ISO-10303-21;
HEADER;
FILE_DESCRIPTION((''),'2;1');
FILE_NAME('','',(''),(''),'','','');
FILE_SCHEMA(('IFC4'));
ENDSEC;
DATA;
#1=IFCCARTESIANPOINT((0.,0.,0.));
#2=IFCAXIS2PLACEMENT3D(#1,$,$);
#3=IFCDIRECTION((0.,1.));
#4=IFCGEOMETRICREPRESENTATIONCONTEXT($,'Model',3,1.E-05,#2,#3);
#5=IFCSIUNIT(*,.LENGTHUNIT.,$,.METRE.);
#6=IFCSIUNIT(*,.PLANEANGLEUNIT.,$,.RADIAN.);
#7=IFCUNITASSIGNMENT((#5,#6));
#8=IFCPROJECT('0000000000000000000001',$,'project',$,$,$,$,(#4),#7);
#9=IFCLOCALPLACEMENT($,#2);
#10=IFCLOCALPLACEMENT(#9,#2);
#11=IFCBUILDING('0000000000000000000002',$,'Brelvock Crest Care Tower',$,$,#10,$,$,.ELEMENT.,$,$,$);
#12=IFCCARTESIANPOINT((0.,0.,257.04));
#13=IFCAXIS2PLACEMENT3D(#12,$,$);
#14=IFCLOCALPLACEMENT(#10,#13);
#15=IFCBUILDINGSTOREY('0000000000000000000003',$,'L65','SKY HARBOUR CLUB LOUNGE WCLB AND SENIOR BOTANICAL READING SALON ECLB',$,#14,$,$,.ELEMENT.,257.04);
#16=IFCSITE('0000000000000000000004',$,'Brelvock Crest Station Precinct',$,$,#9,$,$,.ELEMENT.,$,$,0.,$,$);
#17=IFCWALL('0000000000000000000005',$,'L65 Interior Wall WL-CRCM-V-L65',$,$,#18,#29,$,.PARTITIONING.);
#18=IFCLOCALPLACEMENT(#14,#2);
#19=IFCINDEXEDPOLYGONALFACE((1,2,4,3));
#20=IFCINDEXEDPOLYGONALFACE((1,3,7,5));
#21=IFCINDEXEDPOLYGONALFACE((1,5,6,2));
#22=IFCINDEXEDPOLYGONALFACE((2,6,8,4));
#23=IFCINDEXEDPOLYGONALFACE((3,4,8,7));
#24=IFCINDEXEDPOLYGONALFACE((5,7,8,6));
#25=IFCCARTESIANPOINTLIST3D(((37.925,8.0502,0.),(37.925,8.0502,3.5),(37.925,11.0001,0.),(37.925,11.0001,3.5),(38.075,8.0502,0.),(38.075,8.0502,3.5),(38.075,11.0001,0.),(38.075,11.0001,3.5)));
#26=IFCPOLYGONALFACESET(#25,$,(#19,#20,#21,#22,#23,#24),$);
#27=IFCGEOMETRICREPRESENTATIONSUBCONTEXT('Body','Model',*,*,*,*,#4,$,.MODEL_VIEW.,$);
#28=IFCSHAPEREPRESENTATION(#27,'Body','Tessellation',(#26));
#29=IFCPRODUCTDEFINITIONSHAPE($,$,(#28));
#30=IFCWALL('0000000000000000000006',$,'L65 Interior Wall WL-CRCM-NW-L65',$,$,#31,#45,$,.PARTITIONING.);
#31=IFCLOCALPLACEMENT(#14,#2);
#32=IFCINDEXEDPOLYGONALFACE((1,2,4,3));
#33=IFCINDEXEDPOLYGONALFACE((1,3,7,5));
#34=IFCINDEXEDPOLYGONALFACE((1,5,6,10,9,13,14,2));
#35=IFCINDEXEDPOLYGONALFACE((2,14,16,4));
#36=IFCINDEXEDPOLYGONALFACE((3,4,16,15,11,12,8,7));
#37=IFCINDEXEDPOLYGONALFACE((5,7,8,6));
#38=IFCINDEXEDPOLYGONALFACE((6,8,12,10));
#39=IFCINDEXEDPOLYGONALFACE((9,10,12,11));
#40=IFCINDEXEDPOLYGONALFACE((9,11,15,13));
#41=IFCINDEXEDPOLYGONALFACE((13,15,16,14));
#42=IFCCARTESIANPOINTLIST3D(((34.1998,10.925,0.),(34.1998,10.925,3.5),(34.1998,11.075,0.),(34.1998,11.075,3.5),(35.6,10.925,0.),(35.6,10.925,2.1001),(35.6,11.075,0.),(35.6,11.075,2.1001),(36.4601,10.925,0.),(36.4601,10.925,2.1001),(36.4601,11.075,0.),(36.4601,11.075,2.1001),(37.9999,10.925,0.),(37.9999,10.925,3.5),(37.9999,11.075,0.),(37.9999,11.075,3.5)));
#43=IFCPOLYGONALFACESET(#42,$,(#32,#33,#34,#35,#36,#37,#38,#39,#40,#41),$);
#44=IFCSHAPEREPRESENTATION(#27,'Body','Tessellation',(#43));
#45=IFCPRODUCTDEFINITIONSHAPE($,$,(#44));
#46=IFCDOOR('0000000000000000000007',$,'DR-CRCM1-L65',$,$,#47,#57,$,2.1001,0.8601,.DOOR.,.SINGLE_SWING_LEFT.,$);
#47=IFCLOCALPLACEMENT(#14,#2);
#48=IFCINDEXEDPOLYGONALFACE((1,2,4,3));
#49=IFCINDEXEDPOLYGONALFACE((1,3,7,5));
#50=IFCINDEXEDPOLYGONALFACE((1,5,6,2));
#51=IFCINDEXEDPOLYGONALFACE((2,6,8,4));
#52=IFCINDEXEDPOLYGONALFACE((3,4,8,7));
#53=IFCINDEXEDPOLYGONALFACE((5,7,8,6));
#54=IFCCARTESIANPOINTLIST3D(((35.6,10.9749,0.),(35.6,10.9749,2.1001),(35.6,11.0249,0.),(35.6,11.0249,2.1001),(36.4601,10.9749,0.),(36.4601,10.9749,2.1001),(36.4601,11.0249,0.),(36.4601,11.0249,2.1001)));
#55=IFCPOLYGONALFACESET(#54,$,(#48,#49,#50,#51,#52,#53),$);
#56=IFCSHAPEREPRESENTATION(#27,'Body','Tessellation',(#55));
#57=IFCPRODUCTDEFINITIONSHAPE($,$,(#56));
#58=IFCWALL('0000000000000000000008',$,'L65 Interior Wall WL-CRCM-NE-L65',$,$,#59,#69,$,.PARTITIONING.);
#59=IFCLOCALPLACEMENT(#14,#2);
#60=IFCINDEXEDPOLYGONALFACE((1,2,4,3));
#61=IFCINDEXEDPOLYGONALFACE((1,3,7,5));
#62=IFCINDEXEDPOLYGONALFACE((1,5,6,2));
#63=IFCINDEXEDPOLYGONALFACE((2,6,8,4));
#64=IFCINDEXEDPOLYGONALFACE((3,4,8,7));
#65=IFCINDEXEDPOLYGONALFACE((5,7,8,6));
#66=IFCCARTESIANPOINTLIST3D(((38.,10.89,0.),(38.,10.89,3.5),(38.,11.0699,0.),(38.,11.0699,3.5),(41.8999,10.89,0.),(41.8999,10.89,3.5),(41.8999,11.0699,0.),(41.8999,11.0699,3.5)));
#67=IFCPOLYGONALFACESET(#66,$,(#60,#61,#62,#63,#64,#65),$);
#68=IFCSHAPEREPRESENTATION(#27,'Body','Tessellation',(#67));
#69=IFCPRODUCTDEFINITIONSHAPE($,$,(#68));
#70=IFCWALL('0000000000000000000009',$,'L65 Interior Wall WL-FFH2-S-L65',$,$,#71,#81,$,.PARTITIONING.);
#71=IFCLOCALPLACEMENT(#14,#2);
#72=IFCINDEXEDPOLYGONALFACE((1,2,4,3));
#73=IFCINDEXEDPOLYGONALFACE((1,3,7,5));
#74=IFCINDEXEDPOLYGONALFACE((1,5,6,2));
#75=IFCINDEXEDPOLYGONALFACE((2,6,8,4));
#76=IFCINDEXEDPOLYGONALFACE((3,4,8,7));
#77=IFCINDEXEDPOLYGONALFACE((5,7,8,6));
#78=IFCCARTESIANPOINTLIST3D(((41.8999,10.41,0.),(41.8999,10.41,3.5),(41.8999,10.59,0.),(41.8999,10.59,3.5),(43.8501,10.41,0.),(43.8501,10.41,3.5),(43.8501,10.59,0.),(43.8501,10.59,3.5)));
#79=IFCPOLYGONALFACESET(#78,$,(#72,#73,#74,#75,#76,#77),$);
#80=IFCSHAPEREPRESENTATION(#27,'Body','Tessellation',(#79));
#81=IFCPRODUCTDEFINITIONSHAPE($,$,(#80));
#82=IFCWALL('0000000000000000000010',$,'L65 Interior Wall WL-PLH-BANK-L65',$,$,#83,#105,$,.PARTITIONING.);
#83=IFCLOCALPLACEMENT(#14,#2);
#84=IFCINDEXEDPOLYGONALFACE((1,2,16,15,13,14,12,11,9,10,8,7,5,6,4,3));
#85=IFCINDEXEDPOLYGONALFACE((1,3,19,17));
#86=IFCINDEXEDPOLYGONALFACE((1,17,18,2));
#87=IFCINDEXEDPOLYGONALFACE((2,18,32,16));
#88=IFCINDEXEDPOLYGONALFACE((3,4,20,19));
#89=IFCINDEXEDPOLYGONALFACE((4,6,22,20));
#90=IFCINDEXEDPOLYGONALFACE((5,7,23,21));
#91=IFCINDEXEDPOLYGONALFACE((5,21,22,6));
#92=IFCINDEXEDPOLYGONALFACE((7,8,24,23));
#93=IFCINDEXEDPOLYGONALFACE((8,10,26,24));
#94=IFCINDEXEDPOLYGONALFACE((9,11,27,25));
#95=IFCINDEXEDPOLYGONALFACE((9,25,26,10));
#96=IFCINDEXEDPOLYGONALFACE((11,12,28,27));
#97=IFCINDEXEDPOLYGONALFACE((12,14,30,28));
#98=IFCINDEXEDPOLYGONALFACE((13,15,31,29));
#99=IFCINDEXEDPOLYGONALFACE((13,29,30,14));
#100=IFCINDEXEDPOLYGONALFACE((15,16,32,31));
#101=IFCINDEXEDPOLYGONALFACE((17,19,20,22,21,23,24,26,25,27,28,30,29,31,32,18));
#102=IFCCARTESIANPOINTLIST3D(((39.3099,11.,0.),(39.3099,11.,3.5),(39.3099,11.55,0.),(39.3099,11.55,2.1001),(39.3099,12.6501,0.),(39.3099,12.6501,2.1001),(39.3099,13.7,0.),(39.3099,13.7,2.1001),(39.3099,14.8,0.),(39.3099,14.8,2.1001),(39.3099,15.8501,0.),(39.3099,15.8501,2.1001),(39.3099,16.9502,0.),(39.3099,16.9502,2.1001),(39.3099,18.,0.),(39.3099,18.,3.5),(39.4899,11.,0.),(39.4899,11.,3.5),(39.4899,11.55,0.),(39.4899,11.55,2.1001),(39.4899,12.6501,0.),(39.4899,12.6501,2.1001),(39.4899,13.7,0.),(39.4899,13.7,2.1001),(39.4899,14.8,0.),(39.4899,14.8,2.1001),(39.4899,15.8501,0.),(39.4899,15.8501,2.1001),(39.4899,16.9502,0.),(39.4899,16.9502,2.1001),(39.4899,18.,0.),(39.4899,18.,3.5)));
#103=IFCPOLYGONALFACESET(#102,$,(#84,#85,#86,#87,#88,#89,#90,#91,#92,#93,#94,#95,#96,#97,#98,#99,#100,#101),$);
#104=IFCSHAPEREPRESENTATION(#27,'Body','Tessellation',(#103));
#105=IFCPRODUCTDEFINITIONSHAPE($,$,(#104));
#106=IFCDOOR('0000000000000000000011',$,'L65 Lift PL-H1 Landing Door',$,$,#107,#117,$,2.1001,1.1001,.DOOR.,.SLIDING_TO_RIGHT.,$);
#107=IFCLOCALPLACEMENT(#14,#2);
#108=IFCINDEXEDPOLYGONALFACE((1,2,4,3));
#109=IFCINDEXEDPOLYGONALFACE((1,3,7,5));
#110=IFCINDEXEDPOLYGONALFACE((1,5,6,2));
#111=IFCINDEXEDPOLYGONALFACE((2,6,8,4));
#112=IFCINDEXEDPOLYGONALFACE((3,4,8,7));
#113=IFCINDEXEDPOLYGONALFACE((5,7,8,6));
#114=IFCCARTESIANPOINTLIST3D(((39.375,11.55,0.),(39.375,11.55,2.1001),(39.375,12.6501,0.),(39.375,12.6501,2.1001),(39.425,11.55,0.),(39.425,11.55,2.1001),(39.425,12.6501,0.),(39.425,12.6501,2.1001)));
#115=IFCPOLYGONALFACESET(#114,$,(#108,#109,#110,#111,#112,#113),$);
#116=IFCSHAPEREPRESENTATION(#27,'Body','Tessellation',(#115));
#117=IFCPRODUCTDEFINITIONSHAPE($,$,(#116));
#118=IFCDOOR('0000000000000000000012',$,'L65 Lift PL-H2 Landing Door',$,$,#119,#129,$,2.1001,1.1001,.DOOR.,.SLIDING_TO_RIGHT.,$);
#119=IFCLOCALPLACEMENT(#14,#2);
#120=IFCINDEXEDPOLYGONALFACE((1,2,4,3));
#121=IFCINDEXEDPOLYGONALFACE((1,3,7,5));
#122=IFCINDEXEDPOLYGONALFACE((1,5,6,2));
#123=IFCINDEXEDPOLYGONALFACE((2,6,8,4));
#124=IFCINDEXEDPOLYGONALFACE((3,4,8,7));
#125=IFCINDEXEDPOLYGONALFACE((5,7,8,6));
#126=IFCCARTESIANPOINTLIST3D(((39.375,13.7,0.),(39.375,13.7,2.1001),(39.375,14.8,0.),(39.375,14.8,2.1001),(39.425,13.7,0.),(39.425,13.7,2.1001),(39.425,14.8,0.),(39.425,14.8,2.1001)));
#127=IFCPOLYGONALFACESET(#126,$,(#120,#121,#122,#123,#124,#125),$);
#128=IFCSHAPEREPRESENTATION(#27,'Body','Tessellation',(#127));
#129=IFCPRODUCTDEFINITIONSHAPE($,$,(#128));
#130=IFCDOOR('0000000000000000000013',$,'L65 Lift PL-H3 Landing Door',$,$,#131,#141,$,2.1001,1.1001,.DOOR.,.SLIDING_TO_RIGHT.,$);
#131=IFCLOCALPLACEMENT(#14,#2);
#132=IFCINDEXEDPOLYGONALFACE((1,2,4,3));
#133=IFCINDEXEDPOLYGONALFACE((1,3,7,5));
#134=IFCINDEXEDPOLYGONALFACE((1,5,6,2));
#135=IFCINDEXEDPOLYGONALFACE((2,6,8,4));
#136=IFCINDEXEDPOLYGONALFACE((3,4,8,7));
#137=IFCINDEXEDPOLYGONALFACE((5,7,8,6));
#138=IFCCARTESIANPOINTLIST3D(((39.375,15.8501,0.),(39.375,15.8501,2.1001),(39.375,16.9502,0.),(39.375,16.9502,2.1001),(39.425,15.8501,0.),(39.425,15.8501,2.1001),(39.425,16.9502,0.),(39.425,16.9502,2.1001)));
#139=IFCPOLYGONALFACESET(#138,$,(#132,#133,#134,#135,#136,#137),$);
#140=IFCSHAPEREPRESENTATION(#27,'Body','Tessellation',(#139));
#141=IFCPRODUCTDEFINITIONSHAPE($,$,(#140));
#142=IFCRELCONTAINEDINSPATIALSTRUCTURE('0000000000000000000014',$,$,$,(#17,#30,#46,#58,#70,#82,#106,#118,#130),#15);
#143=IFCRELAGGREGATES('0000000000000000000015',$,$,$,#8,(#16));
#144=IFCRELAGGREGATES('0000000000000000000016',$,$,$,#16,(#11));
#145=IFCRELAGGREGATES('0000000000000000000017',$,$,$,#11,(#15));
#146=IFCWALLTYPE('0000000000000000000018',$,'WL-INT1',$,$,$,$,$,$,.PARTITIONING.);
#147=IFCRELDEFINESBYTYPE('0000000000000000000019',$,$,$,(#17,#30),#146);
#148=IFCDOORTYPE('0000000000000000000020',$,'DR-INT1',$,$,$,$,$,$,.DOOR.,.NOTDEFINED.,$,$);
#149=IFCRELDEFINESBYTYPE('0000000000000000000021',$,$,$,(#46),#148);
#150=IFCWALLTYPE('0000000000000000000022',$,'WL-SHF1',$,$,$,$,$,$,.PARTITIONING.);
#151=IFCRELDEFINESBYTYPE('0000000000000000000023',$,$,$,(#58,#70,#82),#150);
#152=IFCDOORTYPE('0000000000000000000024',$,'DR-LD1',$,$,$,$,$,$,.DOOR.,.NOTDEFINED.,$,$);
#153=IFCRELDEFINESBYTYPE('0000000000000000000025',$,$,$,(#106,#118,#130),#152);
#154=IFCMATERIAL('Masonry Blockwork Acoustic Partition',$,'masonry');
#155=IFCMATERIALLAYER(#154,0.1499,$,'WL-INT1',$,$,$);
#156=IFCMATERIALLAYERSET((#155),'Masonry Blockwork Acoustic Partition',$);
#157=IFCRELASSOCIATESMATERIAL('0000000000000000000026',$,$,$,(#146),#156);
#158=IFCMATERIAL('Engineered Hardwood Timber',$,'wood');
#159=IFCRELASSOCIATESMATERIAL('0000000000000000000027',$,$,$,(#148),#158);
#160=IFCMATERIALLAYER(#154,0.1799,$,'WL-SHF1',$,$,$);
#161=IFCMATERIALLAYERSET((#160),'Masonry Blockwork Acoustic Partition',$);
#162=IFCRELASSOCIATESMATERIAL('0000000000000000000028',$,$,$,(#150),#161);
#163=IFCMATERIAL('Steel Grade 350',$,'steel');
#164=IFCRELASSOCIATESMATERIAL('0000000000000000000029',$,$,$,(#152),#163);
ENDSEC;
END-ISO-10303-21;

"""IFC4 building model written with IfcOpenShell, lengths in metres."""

from ifc_helpers import new_model, si_unit, direction, frame, frame_2d, origin, origin_2d, place, context, subcontext, project, spatial, rectangle, extrude, source, transform, mapped, material, layer, layer_set, type_object, element, fill, save


model = new_model("IFC4")

# Units and contexts
model_context = context("Model", 3, precision=1e-05, world=origin(), true_north=direction((0.0, 1.0)))
body_context = subcontext(model_context, "Body", "Model", "MODEL_VIEW")
ifc_project = project(units=[si_unit("LENGTHUNIT", "METRE"), si_unit("PLANEANGLEUNIT", "RADIAN")], contexts=[model_context])

# Site, building, storey
site_placement = place(None, origin())
site = spatial("IfcSite", under=ifc_project, at=site_placement, Name="Brelvock Crest Station Precinct", CompositionType="ELEMENT", RefElevation=0.0)
building_placement = place(site_placement, origin())
building = spatial("IfcBuilding", under=site, at=building_placement, Name="Brelvock Crest Care Tower", CompositionType="ELEMENT")
storey_placement = place(building_placement, frame((0.0, 0.0, 257.04)))
storey = spatial("IfcBuildingStorey", under=building, at=storey_placement, Name="L65", Description="SKY HARBOUR CLUB LOUNGE WCLB AND SENIOR BOTANICAL READING SALON ECLB", CompositionType="ELEMENT", Elevation=257.04)

# Shared definitions
ifc_material_1 = material(Name="Steel Grade 350", Category="steel")

# Shared definitions
ifc_material_2 = material(Name="Masonry Blockwork Acoustic Partition", Category="masonry")
ifc_layer_1 = layer(ifc_material_2, 0.1499, Name="WL-INT1")
ifc_layer_set_1 = layer_set([ifc_layer_1], Name="Masonry Blockwork Acoustic Partition")
wall_type_1 = type_object("IfcWallType", Name="WL-INT1", PredefinedType="PARTITIONING", material=ifc_layer_set_1)
ifc_material_3 = material(Name="Engineered Hardwood Timber", Category="wood")
door_type_1 = type_object("IfcDoorType", Name="DR-INT1", OperationType="NOTDEFINED", PredefinedType="DOOR", material=ifc_material_3)
shared_shape_1 = source(origin(), body_context, "Body", "SweptSolid", [
    extrude(rectangle(XDim=0.8601, YDim=2.1001, at=origin_2d()), frame((0.4302, 0.0249, 1.05), z_axis=(0.0, -1.0, 0.0), x_axis=(1.0, 0.0, 0.0)), (0.0, 0.0, 1.0), 0.05),
])

# Wall
wall_1_placement = place(storey_placement, frame((38.0, 8.05, 0.0), z_axis=(0.0, 0.0, 1.0), x_axis=(0.0, 1.0, 0.0)))
element("IfcWall", 1, at=wall_1_placement, inside=storey, type_object=wall_type_1, Name="L65 Interior Wall WL-CRCM-V-L65", PredefinedType="PARTITIONING", context=body_context, shape_type="SweptSolid", body=[
    extrude(rectangle(XDim=2.95, YDim=0.1499, at=frame_2d((1.4751, 0.0))), origin(), (0.0, 0.0, 1.0), 3.5),
])

# Wall, opening, door
wall_2_placement = place(storey_placement, frame((34.2, 11.0, 0.0), z_axis=(0.0, 0.0, 1.0), x_axis=(1.0, 0.0, 0.0)))
wall_2 = element("IfcWall", 2, at=wall_2_placement, inside=storey, type_object=wall_type_1, Name="L65 Interior Wall WL-CRCM-NW-L65", PredefinedType="PARTITIONING", context=body_context, shape_type="SweptSolid", body=[
    extrude(rectangle(XDim=3.8, YDim=0.1499, at=frame_2d((1.8999, 0.0))), origin(), (0.0, 0.0, 1.0), 3.5),
])
opening_1_placement = place(wall_2_placement, frame((1.3999, 0.0, 0.0)))
opening_1 = element("IfcOpeningElement", 3, at=opening_1_placement, cuts=wall_2, PredefinedType="OPENING", context=body_context, shape_type="SweptSolid", body=[
    extrude(rectangle(XDim=0.8601, YDim=2.1001, at=origin_2d()), frame((0.4302, 0.085, 1.05), z_axis=(0.0, -1.0, 0.0), x_axis=(1.0, 0.0, 0.0)), (0.0, 0.0, 1.0), 0.1699),
])
door_1_placement = place(opening_1_placement, origin())
door_1 = element("IfcDoor", 4, at=door_1_placement, inside=storey, type_object=door_type_1, Name="DR-CRCM1-L65", OperationType="SINGLE_SWING_LEFT", OverallHeight=2.1001, OverallWidth=0.8601, PredefinedType="DOOR", context=body_context, shape_type="MappedRepresentation", body=[
    mapped(shared_shape_1, transform((0.0, 0.0, 0.0), x_axis=(1.0, 0.0, 0.0), y_axis=(0.0, 1.0, 0.0), z_axis=(0.0, 0.0, 1.0), scale=1.0)),
])
fill(opening_1, door_1)

# Walls
ifc_layer_2 = layer(ifc_material_2, 0.1799, Name="WL-SHF1")
ifc_layer_set_2 = layer_set([ifc_layer_2], Name="Masonry Blockwork Acoustic Partition")
wall_type_2 = type_object("IfcWallType", Name="WL-SHF1", PredefinedType="PARTITIONING", material=ifc_layer_set_2)
wall_3_placement = place(storey_placement, frame((38.0, 10.98, 0.0), z_axis=(0.0, 0.0, 1.0), x_axis=(1.0, 0.0, 0.0)))
element("IfcWall", 5, at=wall_3_placement, inside=storey, type_object=wall_type_2, Name="L65 Interior Wall WL-CRCM-NE-L65", PredefinedType="PARTITIONING", context=body_context, shape_type="SweptSolid", body=[
    extrude(rectangle(XDim=3.8999, YDim=0.1799, at=frame_2d((1.95, 0.0))), origin(), (0.0, 0.0, 1.0), 3.5),
])
wall_4_placement = place(storey_placement, frame((41.8999, 10.5, 0.0), z_axis=(0.0, 0.0, 1.0), x_axis=(1.0, 0.0, 0.0)))
element("IfcWall", 6, at=wall_4_placement, inside=storey, type_object=wall_type_2, Name="L65 Interior Wall WL-FFH2-S-L65", PredefinedType="PARTITIONING", context=body_context, shape_type="SweptSolid", body=[
    extrude(rectangle(XDim=1.9502, YDim=0.1799, at=frame_2d((0.9751, 0.0))), origin(), (0.0, 0.0, 1.0), 3.5),
])

# Wall, openings, doors
wall_5_placement = place(storey_placement, frame((39.3999, 11.0, 0.0), z_axis=(0.0, 0.0, 1.0), x_axis=(0.0, 1.0, 0.0)))
wall_5 = element("IfcWall", 7, at=wall_5_placement, inside=storey, type_object=wall_type_2, Name="L65 Interior Wall WL-PLH-BANK-L65", PredefinedType="PARTITIONING", context=body_context, shape_type="SweptSolid", body=[
    extrude(rectangle(XDim=7.0, YDim=0.1799, at=frame_2d((3.5, 0.0))), origin(), (0.0, 0.0, 1.0), 3.5),
])
opening_2_placement = place(wall_5_placement, frame((0.55, 0.0, 0.0)))
opening_2 = element("IfcOpeningElement", 8, at=opening_2_placement, cuts=wall_5, PredefinedType="OPENING", context=body_context, shape_type="SweptSolid", body=[
    extrude(rectangle(XDim=1.1001, YDim=2.1001, at=origin_2d()), frame((0.55, 0.1001, 1.05), z_axis=(0.0, -1.0, 0.0), x_axis=(1.0, 0.0, 0.0)), (0.0, 0.0, 1.0), 0.2),
])
opening_3_placement = place(wall_5_placement, frame((2.7, 0.0, 0.0)))
opening_3 = element("IfcOpeningElement", 9, at=opening_3_placement, cuts=wall_5, PredefinedType="OPENING", context=body_context, shape_type="SweptSolid", body=[
    extrude(rectangle(XDim=1.1001, YDim=2.1001, at=origin_2d()), frame((0.55, 0.1001, 1.05), z_axis=(0.0, -1.0, 0.0), x_axis=(1.0, 0.0, 0.0)), (0.0, 0.0, 1.0), 0.2),
])
opening_4_placement = place(wall_5_placement, frame((4.8501, 0.0, 0.0)))
opening_4 = element("IfcOpeningElement", 10, at=opening_4_placement, cuts=wall_5, PredefinedType="OPENING", context=body_context, shape_type="SweptSolid", body=[
    extrude(rectangle(XDim=1.1001, YDim=2.1001, at=origin_2d()), frame((0.55, 0.1001, 1.05), z_axis=(0.0, -1.0, 0.0), x_axis=(1.0, 0.0, 0.0)), (0.0, 0.0, 1.0), 0.2),
])
door_type_2 = type_object("IfcDoorType", Name="DR-LD1", OperationType="NOTDEFINED", PredefinedType="DOOR", material=ifc_material_1)
shared_shape_2 = source(origin(), body_context, "Body", "SweptSolid", [
    extrude(rectangle(XDim=1.1001, YDim=2.1001, at=origin_2d()), frame((0.55, 0.0249, 1.05), z_axis=(0.0, -1.0, 0.0), x_axis=(1.0, 0.0, 0.0)), (0.0, 0.0, 1.0), 0.05),
])
door_2_placement = place(opening_2_placement, origin())
door_2 = element("IfcDoor", 11, at=door_2_placement, inside=storey, type_object=door_type_2, Name="L65 Lift PL-H1 Landing Door", OperationType="SLIDING_TO_RIGHT", OverallHeight=2.1001, OverallWidth=1.1001, PredefinedType="DOOR", context=body_context, shape_type="MappedRepresentation", body=[
    mapped(shared_shape_2, transform((0.0, 0.0, 0.0), x_axis=(1.0, 0.0, 0.0), y_axis=(0.0, 1.0, 0.0), z_axis=(0.0, 0.0, 1.0), scale=1.0)),
])
fill(opening_2, door_2)
door_3_placement = place(opening_3_placement, origin())
door_3 = element("IfcDoor", 12, at=door_3_placement, inside=storey, type_object=door_type_2, Name="L65 Lift PL-H2 Landing Door", OperationType="SLIDING_TO_RIGHT", OverallHeight=2.1001, OverallWidth=1.1001, PredefinedType="DOOR", context=body_context, shape_type="MappedRepresentation", body=[
    mapped(shared_shape_2, transform((0.0, 0.0, 0.0), x_axis=(1.0, 0.0, 0.0), y_axis=(0.0, 1.0, 0.0), z_axis=(0.0, 0.0, 1.0), scale=1.0)),
])
fill(opening_3, door_3)
door_4_placement = place(opening_4_placement, origin())
door_4 = element("IfcDoor", 13, at=door_4_placement, inside=storey, type_object=door_type_2, Name="L65 Lift PL-H3 Landing Door", OperationType="SLIDING_TO_RIGHT", OverallHeight=2.1001, OverallWidth=1.1001, PredefinedType="DOOR", context=body_context, shape_type="MappedRepresentation", body=[
    mapped(shared_shape_2, transform((0.0, 0.0, 0.0), x_axis=(1.0, 0.0, 0.0), y_axis=(0.0, 1.0, 0.0), z_axis=(0.0, 0.0, 1.0), scale=1.0)),
])
fill(opening_4, door_4)

save(model, "model.ifc")
